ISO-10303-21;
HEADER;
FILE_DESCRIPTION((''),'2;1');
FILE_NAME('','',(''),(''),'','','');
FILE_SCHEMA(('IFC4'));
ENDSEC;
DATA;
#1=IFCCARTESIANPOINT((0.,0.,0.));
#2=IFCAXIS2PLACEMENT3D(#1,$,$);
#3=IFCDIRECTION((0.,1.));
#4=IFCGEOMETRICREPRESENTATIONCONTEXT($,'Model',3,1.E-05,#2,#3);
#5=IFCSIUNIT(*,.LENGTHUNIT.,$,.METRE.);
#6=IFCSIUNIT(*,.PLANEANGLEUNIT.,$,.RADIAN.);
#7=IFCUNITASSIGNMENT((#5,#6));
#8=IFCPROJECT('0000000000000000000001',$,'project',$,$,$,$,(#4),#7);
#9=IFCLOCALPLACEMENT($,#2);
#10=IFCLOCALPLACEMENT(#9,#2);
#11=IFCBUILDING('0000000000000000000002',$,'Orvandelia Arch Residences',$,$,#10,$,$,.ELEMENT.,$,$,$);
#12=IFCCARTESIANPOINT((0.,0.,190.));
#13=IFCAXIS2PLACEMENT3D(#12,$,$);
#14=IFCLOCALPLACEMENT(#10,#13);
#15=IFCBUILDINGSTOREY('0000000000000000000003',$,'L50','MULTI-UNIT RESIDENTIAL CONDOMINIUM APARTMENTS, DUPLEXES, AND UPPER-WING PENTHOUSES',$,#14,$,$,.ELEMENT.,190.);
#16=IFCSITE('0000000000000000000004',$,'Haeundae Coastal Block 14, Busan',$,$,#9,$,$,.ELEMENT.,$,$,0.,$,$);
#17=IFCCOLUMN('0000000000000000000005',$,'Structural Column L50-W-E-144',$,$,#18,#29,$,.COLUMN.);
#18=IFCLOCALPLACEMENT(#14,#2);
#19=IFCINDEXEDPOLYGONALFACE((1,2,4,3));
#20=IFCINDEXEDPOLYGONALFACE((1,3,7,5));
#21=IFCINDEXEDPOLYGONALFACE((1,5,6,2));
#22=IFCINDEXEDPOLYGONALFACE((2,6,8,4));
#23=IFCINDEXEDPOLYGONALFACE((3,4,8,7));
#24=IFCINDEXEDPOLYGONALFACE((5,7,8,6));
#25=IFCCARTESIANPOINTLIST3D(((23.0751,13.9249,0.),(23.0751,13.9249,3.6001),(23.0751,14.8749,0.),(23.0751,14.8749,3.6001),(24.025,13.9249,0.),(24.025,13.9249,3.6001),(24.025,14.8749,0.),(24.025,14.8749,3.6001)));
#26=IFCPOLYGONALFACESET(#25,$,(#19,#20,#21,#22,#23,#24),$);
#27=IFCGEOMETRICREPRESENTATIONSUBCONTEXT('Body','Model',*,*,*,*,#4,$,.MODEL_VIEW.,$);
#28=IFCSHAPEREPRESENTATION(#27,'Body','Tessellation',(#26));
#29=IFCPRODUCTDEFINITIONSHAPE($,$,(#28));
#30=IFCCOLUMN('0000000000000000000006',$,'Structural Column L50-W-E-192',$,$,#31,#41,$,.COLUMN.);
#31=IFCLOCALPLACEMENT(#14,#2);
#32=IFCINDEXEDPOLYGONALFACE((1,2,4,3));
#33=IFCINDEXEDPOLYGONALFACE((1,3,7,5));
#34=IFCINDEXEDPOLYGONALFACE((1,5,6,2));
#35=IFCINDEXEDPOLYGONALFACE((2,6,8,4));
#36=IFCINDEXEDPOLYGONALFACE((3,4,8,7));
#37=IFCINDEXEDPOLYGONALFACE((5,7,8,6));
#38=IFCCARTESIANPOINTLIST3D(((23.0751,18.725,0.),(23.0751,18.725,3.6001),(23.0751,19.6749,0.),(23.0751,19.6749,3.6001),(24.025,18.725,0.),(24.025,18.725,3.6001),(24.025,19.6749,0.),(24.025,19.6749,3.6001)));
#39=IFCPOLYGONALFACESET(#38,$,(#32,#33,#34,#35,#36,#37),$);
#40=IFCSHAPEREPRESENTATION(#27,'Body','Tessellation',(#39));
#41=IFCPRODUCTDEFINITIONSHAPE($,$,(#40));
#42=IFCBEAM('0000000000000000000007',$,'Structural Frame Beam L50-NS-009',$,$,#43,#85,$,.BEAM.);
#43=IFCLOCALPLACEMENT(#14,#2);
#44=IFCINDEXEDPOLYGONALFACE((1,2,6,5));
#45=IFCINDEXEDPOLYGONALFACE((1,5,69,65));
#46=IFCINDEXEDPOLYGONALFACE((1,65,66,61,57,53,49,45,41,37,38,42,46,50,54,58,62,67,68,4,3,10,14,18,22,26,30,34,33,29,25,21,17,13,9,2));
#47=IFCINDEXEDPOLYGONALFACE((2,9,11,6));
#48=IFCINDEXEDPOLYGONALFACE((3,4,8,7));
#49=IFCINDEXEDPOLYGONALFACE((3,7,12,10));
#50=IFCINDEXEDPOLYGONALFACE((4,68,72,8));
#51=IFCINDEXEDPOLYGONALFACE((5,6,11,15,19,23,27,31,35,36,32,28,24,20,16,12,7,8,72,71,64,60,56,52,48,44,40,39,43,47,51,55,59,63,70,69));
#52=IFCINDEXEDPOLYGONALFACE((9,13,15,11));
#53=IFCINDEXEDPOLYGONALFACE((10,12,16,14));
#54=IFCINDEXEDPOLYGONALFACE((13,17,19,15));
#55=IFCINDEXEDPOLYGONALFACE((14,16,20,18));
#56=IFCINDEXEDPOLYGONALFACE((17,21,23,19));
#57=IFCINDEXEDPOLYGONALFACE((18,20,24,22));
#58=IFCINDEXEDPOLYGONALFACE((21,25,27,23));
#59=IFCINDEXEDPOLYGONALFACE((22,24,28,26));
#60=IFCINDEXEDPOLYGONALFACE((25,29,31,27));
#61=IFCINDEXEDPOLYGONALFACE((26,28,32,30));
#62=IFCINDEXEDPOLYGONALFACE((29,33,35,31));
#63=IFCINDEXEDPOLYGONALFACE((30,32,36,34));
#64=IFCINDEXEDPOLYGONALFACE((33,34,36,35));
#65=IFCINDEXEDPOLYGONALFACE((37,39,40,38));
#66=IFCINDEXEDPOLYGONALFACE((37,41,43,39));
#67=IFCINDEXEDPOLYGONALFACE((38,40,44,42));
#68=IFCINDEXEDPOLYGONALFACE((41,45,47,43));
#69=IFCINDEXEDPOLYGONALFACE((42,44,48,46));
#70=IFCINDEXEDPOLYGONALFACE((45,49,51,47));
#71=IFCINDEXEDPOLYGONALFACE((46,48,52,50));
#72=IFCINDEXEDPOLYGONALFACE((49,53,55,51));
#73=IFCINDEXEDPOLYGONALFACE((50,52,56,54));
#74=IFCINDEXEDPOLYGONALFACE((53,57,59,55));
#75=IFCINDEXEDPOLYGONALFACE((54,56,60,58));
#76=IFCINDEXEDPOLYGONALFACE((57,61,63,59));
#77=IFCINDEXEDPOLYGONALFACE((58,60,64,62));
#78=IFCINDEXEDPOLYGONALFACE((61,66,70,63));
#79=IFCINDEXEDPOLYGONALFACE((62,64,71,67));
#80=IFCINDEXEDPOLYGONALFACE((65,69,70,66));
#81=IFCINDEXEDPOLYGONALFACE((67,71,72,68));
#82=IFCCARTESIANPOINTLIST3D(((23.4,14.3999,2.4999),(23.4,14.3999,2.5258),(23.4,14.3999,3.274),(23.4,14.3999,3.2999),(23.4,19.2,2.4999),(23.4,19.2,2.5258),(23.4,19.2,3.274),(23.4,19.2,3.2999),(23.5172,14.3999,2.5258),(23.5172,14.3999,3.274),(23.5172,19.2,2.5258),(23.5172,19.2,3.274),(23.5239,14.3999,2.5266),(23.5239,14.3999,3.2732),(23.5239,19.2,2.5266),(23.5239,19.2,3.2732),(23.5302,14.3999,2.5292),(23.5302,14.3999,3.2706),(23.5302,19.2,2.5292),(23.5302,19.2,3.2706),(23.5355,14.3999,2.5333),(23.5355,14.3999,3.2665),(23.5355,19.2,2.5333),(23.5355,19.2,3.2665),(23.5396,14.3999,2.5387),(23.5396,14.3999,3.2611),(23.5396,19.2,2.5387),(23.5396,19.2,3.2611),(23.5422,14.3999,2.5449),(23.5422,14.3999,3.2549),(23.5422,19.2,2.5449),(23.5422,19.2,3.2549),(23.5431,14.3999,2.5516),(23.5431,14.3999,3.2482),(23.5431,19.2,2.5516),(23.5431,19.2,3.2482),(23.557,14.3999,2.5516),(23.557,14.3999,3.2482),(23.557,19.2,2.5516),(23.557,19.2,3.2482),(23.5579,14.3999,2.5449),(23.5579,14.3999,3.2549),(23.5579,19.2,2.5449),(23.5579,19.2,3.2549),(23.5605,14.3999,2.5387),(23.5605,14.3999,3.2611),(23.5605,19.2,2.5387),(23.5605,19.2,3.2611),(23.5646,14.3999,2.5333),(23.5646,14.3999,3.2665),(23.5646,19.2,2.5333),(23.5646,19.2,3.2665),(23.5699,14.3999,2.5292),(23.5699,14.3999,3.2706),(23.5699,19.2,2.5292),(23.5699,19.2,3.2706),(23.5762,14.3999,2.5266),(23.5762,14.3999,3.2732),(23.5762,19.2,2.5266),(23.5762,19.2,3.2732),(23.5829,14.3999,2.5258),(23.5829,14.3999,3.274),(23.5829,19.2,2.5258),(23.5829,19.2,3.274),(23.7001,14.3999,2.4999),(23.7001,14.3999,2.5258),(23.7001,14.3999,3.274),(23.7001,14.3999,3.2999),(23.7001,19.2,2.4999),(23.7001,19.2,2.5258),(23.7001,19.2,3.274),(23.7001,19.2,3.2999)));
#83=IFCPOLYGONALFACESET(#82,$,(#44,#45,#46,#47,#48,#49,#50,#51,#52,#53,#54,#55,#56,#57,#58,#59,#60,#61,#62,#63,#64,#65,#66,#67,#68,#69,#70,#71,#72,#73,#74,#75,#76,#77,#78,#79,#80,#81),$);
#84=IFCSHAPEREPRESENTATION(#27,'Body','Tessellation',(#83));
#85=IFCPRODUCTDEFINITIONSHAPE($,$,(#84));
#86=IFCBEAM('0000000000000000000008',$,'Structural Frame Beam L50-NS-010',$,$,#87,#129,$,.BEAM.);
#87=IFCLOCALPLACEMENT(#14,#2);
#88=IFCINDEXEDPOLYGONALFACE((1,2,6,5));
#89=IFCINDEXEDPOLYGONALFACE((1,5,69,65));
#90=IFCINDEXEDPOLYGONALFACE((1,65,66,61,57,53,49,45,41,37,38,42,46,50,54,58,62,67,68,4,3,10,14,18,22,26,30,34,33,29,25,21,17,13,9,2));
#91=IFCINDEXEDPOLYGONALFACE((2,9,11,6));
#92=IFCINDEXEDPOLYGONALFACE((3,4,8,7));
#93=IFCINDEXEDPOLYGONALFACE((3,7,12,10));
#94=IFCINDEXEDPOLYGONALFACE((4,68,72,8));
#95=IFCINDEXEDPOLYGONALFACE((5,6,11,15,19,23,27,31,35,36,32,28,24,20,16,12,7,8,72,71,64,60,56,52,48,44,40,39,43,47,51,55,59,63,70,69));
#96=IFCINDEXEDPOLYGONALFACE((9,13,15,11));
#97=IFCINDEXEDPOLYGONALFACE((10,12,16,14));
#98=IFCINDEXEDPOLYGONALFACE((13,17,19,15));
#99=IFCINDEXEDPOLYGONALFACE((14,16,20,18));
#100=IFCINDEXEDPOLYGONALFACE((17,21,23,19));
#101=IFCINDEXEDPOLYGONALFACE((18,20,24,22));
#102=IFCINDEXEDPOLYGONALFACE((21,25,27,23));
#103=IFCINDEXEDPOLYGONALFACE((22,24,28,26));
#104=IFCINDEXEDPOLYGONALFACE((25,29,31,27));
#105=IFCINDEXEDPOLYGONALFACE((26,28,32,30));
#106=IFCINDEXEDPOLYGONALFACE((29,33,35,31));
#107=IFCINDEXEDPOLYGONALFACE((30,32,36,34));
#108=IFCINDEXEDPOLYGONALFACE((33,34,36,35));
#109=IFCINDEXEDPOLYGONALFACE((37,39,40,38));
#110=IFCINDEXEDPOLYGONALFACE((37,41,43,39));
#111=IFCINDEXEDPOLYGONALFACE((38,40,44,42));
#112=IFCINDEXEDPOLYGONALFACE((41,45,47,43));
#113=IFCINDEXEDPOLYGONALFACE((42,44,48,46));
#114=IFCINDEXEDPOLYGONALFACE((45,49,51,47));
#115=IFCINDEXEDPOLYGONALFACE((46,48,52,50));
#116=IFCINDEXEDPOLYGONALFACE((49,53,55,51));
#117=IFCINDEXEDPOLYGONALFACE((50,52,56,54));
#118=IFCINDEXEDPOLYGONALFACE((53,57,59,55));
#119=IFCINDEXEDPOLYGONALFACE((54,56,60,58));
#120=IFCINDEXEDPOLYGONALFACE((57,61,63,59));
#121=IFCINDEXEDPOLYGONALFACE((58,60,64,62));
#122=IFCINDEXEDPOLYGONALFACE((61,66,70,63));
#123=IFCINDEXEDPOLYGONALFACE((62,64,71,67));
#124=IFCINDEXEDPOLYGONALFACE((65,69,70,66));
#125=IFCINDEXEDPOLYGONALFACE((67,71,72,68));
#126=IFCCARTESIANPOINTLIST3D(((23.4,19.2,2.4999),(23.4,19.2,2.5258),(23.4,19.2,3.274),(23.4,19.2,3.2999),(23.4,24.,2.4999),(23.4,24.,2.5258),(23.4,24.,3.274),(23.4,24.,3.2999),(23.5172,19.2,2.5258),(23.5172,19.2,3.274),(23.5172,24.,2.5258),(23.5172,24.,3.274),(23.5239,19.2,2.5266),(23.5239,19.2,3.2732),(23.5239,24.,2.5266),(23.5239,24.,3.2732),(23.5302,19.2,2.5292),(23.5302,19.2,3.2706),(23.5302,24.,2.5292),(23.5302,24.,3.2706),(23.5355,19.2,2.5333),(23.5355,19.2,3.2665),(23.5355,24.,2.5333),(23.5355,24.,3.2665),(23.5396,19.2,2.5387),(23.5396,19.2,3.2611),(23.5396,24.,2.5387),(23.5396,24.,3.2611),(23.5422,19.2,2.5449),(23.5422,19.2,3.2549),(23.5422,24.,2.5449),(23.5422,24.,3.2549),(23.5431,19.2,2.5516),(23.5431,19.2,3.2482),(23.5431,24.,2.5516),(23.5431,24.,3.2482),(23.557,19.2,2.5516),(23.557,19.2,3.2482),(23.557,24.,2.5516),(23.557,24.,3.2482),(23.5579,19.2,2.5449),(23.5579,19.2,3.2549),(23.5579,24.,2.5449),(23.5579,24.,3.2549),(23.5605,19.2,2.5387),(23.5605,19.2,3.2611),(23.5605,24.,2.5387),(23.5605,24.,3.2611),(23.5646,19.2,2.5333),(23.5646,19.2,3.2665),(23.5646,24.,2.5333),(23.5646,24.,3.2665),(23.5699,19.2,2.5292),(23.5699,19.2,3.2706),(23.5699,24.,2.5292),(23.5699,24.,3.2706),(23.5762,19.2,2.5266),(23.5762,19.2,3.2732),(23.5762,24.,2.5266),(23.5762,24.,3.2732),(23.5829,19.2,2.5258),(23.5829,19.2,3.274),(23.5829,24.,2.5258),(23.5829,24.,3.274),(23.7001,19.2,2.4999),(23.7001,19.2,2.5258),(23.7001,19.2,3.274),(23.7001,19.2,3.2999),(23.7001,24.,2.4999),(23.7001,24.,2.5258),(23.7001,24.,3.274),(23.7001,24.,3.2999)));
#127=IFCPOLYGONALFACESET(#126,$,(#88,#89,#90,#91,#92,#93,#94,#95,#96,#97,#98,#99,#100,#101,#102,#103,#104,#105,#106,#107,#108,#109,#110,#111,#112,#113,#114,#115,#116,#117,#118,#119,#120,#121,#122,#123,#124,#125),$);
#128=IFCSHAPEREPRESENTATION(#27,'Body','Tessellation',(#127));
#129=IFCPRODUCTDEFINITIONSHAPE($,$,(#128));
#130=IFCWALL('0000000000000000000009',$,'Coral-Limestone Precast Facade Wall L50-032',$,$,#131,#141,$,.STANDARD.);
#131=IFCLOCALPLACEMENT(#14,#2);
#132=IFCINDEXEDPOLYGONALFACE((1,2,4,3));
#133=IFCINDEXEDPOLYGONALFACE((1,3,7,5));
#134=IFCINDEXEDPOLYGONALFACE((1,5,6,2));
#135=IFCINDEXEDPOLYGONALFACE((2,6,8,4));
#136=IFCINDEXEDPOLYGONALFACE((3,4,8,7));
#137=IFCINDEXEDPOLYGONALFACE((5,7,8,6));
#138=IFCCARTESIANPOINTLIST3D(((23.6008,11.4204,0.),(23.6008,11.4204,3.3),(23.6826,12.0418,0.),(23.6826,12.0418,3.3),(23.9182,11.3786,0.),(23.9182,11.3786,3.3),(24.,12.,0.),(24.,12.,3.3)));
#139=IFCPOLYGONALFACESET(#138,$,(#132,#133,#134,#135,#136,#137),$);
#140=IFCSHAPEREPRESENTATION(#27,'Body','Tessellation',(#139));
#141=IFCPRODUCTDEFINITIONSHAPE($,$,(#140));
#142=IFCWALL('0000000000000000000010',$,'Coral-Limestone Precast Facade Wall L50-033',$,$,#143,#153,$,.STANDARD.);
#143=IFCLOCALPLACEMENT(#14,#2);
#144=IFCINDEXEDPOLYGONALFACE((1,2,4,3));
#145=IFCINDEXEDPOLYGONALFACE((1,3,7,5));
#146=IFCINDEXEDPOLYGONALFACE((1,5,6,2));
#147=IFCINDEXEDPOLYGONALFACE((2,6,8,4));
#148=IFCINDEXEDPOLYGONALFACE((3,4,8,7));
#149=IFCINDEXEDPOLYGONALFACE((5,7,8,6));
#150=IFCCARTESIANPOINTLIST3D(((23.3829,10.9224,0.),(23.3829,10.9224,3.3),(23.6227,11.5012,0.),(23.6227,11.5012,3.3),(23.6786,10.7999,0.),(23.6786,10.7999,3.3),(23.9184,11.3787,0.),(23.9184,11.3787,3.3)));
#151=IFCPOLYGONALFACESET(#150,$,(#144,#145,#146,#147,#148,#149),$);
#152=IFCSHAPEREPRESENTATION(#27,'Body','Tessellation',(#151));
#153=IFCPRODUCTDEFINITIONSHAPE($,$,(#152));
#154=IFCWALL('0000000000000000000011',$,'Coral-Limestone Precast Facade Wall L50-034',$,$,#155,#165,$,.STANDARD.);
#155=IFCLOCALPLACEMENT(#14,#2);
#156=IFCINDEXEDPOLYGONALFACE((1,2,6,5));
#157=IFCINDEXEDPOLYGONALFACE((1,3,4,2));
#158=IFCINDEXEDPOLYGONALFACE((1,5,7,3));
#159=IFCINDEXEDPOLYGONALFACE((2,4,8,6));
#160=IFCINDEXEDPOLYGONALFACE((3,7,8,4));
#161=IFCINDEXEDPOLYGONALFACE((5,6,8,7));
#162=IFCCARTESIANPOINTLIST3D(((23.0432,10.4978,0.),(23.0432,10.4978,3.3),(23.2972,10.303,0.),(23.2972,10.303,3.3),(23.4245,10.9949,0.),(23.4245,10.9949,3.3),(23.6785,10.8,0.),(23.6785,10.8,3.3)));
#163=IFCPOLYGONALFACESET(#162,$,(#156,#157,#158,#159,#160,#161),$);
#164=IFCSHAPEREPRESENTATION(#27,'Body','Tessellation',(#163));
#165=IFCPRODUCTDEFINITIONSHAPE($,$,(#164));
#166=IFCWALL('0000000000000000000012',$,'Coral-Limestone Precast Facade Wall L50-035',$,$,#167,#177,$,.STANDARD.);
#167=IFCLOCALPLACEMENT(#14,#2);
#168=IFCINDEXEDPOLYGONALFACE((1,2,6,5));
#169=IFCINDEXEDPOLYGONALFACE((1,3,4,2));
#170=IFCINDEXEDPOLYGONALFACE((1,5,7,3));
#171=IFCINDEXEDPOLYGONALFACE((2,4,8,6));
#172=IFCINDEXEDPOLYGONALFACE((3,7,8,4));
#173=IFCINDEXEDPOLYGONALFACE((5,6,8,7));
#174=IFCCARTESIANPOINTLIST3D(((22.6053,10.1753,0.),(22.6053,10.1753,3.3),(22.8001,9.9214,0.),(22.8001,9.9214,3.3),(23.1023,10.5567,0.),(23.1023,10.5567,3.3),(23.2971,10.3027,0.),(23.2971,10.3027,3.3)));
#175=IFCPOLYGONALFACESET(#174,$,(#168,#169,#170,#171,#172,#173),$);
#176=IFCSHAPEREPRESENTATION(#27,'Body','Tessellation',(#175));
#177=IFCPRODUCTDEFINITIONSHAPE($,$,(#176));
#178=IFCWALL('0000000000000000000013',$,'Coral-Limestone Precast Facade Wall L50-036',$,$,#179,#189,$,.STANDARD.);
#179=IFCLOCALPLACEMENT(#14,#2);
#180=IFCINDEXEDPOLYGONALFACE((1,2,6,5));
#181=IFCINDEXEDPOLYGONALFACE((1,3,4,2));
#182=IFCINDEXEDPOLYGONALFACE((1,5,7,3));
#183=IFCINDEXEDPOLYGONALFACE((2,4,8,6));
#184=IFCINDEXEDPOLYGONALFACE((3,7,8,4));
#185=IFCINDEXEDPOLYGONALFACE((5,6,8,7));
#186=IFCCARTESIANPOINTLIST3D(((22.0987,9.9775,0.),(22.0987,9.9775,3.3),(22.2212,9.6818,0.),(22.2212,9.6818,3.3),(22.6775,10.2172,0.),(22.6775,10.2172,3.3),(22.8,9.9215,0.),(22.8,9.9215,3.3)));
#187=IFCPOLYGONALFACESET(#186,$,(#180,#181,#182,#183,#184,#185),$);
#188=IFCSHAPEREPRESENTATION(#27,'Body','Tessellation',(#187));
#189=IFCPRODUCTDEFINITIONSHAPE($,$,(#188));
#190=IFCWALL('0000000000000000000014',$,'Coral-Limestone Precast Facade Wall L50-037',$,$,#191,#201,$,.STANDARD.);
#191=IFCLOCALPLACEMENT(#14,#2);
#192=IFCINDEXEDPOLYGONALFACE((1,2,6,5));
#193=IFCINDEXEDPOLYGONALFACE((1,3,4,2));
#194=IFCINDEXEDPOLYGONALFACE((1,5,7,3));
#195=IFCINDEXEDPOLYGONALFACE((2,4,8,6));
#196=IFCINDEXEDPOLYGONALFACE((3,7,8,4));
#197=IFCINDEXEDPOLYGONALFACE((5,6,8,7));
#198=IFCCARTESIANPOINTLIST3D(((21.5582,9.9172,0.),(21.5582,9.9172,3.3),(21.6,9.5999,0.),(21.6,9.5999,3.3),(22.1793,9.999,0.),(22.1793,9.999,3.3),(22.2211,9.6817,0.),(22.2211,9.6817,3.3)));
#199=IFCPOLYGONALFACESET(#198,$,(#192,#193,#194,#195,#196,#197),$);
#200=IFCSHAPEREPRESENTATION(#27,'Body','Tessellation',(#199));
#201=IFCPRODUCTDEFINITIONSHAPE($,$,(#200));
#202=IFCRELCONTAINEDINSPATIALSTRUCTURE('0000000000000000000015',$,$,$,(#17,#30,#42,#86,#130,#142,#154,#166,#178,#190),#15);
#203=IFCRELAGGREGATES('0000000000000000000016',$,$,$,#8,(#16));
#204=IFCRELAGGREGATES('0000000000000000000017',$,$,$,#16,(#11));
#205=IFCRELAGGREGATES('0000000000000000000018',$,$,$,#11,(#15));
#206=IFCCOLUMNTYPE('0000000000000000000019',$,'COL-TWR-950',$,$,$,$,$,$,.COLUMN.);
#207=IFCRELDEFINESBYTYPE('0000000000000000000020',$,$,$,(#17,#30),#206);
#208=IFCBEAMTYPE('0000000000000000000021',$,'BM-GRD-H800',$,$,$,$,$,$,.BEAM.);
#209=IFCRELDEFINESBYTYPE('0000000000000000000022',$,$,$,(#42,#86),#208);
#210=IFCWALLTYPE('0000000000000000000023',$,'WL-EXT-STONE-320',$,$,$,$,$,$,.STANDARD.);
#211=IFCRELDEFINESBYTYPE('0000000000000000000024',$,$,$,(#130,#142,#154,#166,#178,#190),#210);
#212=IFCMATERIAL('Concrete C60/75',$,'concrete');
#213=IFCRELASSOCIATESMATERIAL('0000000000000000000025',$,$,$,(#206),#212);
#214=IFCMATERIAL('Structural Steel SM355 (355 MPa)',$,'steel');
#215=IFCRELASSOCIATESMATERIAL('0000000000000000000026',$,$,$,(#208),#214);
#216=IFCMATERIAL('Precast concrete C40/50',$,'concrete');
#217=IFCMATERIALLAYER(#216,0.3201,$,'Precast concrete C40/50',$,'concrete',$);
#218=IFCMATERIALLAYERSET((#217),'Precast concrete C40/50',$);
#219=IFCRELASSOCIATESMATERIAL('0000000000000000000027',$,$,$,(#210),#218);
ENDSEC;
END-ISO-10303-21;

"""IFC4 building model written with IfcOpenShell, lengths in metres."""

from ifc_helpers import new_model, si_unit, direction, frame, frame_2d, origin, origin_2d, place, context, subcontext, project, spatial, rectangle, i_section, extrude, material, layer, layer_set, material_profile, profile_set, type_object, element, save


model = new_model("IFC4")

# Units and contexts
model_context = context("Model", 3, precision=1e-05, world=origin(), true_north=direction((0.0, 1.0)))
body_context = subcontext(model_context, "Body", "Model", "MODEL_VIEW")
ifc_project = project(units=[si_unit("LENGTHUNIT", "METRE"), si_unit("PLANEANGLEUNIT", "RADIAN")], contexts=[model_context])

# Site, building, storey
site_placement = place(None, origin())
site = spatial("IfcSite", under=ifc_project, at=site_placement, Name="Haeundae Coastal Block 14, Busan", CompositionType="ELEMENT", RefElevation=0.0)
building_placement = place(site_placement, origin())
building = spatial("IfcBuilding", under=site, at=building_placement, Name="Orvandelia Arch Residences", CompositionType="ELEMENT")
storey_placement = place(building_placement, frame((0.0, 0.0, 190.0)))
storey = spatial("IfcBuildingStorey", under=building, at=storey_placement, Name="L50", Description="MULTI-UNIT RESIDENTIAL CONDOMINIUM APARTMENTS, DUPLEXES, AND UPPER-WING PENTHOUSES", CompositionType="ELEMENT", Elevation=190.0)

# Columns
ifc_material_1 = material(Name="Concrete C60/75", Category="concrete")
ifc_material_profile_1 = material_profile(ifc_material_1, rectangle(XDim=0.95, YDim=0.95, at=origin_2d()), Name="Concrete C60/75", Category="concrete")
ifc_profile_set_1 = profile_set([ifc_material_profile_1], Name="Concrete C60/75")
column_type = type_object("IfcColumnType", Name="COL-TWR-950", PredefinedType="COLUMN", material=ifc_profile_set_1)
for number, where, z_axis, x_axis, name in (
    (1, (23.55, 14.3999, 0.0), (0.0, 0.0, 1.0), (1.0, 0.0, 0.0), "Structural Column L50-W-E-144"),
    (2, (23.55, 19.2, 0.0), (0.0, 0.0, 1.0), (1.0, 0.0, 0.0), "Structural Column L50-W-E-192"),
):
    element("IfcColumn", number, at=place(storey_placement, frame(where, z_axis=z_axis, x_axis=x_axis)), inside=storey, type_object=column_type, Name=name, PredefinedType="COLUMN", context=body_context, shape_type="SweptSolid", body=[
        extrude(rectangle(XDim=0.95, YDim=0.95, at=origin_2d()), origin(), (0.0, 0.0, 1.0), 3.6001),
    ])

# Beams
ifc_material_2 = material(Name="Structural Steel SM355 (355 MPa)", Category="steel")
ifc_material_profile_2 = material_profile(ifc_material_2, i_section(OverallWidth=0.3, OverallDepth=0.8, WebThickness=0.0139, FlangeThickness=0.0259, FilletRadius=0.0259, at=origin_2d()), Name="Structural Steel SM355 (355 MPa)", Category="steel")
ifc_profile_set_2 = profile_set([ifc_material_profile_2], Name="Structural Steel SM355 (355 MPa)")
beam_type = type_object("IfcBeamType", Name="BM-GRD-H800", PredefinedType="BEAM", material=ifc_profile_set_2)
for number, where, z_axis, x_axis, name in (
    (3, (23.55, 14.3999, 2.8999), (0.0, 1.0, 0.0), (-1.0, 0.0, 0.0), "Structural Frame Beam L50-NS-009"),
    (4, (23.55, 19.2, 2.8999), (0.0, 1.0, 0.0), (-1.0, 0.0, 0.0), "Structural Frame Beam L50-NS-010"),
):
    element("IfcBeam", number, at=place(storey_placement, frame(where, z_axis=z_axis, x_axis=x_axis)), inside=storey, type_object=beam_type, Name=name, PredefinedType="BEAM", context=body_context, shape_type="SweptSolid", body=[
        extrude(i_section(OverallWidth=0.3, OverallDepth=0.8, WebThickness=0.0139, FlangeThickness=0.0259, FilletRadius=0.0259, at=origin_2d()), origin(), (0.0, 0.0, 1.0), 4.8),
    ])

# Walls
ifc_material_3 = material(Name="Precast concrete C40/50", Category="concrete")
ifc_layer = layer(ifc_material_3, 0.3201, Name="Precast concrete C40/50", Category="concrete")
ifc_layer_set = layer_set([ifc_layer], Name="Precast concrete C40/50")
wall_type = type_object("IfcWallType", Name="WL-EXT-STONE-320", PredefinedType="STANDARD", material=ifc_layer_set)
wall_1_placement = place(storey_placement, frame((23.8413, 12.021, 0.0), z_axis=(0.0, 0.0, 1.0), x_axis=(-0.130505, -0.991448, 0.0)))
element("IfcWall", 5, at=wall_1_placement, inside=storey, type_object=wall_type, Name="Coral-Limestone Precast Facade Wall L50-032", PredefinedType="STANDARD", context=body_context, shape_type="SweptSolid", body=[
    extrude(rectangle(XDim=0.6267, YDim=0.3201, at=frame_2d((0.3135, 0.0))), origin(), (0.0, 0.0, 1.0), 3.3),
])
for number, where, z_axis, x_axis, name in (
    (6, (23.7705, 11.4399, 0.0), (0.0, 0.0, 1.0), (-0.38265, -0.923893, 0.0), "Coral-Limestone Precast Facade Wall L50-033"),
    (7, (23.5515, 10.8975, 0.0), (0.0, 0.0, 1.0), (-0.608693, -0.793406, 0.0), "Coral-Limestone Precast Facade Wall L50-034"),
    (8, (23.1997, 10.4297, 0.0), (0.0, 0.0, 1.0), (-0.793406, -0.608693, 0.0), "Coral-Limestone Precast Facade Wall L50-035"),
    (9, (22.7388, 10.0693, 0.0), (0.0, 0.0, 1.0), (-0.923893, -0.38265, 0.0), "Coral-Limestone Precast Facade Wall L50-036"),
    (10, (22.2002, 9.8403, 0.0), (0.0, 0.0, 1.0), (-0.991441, -0.130555, 0.0), "Coral-Limestone Precast Facade Wall L50-037"),
):
    element("IfcWall", number, at=place(storey_placement, frame(where, z_axis=z_axis, x_axis=x_axis)), inside=storey, type_object=wall_type, Name=name, PredefinedType="STANDARD", context=body_context, shape_type="SweptSolid", body=[
        extrude(rectangle(XDim=0.6265, YDim=0.3201, at=frame_2d((0.3132, 0.0))), origin(), (0.0, 0.0, 1.0), 3.3),
    ])

save(model, "model.ifc")
